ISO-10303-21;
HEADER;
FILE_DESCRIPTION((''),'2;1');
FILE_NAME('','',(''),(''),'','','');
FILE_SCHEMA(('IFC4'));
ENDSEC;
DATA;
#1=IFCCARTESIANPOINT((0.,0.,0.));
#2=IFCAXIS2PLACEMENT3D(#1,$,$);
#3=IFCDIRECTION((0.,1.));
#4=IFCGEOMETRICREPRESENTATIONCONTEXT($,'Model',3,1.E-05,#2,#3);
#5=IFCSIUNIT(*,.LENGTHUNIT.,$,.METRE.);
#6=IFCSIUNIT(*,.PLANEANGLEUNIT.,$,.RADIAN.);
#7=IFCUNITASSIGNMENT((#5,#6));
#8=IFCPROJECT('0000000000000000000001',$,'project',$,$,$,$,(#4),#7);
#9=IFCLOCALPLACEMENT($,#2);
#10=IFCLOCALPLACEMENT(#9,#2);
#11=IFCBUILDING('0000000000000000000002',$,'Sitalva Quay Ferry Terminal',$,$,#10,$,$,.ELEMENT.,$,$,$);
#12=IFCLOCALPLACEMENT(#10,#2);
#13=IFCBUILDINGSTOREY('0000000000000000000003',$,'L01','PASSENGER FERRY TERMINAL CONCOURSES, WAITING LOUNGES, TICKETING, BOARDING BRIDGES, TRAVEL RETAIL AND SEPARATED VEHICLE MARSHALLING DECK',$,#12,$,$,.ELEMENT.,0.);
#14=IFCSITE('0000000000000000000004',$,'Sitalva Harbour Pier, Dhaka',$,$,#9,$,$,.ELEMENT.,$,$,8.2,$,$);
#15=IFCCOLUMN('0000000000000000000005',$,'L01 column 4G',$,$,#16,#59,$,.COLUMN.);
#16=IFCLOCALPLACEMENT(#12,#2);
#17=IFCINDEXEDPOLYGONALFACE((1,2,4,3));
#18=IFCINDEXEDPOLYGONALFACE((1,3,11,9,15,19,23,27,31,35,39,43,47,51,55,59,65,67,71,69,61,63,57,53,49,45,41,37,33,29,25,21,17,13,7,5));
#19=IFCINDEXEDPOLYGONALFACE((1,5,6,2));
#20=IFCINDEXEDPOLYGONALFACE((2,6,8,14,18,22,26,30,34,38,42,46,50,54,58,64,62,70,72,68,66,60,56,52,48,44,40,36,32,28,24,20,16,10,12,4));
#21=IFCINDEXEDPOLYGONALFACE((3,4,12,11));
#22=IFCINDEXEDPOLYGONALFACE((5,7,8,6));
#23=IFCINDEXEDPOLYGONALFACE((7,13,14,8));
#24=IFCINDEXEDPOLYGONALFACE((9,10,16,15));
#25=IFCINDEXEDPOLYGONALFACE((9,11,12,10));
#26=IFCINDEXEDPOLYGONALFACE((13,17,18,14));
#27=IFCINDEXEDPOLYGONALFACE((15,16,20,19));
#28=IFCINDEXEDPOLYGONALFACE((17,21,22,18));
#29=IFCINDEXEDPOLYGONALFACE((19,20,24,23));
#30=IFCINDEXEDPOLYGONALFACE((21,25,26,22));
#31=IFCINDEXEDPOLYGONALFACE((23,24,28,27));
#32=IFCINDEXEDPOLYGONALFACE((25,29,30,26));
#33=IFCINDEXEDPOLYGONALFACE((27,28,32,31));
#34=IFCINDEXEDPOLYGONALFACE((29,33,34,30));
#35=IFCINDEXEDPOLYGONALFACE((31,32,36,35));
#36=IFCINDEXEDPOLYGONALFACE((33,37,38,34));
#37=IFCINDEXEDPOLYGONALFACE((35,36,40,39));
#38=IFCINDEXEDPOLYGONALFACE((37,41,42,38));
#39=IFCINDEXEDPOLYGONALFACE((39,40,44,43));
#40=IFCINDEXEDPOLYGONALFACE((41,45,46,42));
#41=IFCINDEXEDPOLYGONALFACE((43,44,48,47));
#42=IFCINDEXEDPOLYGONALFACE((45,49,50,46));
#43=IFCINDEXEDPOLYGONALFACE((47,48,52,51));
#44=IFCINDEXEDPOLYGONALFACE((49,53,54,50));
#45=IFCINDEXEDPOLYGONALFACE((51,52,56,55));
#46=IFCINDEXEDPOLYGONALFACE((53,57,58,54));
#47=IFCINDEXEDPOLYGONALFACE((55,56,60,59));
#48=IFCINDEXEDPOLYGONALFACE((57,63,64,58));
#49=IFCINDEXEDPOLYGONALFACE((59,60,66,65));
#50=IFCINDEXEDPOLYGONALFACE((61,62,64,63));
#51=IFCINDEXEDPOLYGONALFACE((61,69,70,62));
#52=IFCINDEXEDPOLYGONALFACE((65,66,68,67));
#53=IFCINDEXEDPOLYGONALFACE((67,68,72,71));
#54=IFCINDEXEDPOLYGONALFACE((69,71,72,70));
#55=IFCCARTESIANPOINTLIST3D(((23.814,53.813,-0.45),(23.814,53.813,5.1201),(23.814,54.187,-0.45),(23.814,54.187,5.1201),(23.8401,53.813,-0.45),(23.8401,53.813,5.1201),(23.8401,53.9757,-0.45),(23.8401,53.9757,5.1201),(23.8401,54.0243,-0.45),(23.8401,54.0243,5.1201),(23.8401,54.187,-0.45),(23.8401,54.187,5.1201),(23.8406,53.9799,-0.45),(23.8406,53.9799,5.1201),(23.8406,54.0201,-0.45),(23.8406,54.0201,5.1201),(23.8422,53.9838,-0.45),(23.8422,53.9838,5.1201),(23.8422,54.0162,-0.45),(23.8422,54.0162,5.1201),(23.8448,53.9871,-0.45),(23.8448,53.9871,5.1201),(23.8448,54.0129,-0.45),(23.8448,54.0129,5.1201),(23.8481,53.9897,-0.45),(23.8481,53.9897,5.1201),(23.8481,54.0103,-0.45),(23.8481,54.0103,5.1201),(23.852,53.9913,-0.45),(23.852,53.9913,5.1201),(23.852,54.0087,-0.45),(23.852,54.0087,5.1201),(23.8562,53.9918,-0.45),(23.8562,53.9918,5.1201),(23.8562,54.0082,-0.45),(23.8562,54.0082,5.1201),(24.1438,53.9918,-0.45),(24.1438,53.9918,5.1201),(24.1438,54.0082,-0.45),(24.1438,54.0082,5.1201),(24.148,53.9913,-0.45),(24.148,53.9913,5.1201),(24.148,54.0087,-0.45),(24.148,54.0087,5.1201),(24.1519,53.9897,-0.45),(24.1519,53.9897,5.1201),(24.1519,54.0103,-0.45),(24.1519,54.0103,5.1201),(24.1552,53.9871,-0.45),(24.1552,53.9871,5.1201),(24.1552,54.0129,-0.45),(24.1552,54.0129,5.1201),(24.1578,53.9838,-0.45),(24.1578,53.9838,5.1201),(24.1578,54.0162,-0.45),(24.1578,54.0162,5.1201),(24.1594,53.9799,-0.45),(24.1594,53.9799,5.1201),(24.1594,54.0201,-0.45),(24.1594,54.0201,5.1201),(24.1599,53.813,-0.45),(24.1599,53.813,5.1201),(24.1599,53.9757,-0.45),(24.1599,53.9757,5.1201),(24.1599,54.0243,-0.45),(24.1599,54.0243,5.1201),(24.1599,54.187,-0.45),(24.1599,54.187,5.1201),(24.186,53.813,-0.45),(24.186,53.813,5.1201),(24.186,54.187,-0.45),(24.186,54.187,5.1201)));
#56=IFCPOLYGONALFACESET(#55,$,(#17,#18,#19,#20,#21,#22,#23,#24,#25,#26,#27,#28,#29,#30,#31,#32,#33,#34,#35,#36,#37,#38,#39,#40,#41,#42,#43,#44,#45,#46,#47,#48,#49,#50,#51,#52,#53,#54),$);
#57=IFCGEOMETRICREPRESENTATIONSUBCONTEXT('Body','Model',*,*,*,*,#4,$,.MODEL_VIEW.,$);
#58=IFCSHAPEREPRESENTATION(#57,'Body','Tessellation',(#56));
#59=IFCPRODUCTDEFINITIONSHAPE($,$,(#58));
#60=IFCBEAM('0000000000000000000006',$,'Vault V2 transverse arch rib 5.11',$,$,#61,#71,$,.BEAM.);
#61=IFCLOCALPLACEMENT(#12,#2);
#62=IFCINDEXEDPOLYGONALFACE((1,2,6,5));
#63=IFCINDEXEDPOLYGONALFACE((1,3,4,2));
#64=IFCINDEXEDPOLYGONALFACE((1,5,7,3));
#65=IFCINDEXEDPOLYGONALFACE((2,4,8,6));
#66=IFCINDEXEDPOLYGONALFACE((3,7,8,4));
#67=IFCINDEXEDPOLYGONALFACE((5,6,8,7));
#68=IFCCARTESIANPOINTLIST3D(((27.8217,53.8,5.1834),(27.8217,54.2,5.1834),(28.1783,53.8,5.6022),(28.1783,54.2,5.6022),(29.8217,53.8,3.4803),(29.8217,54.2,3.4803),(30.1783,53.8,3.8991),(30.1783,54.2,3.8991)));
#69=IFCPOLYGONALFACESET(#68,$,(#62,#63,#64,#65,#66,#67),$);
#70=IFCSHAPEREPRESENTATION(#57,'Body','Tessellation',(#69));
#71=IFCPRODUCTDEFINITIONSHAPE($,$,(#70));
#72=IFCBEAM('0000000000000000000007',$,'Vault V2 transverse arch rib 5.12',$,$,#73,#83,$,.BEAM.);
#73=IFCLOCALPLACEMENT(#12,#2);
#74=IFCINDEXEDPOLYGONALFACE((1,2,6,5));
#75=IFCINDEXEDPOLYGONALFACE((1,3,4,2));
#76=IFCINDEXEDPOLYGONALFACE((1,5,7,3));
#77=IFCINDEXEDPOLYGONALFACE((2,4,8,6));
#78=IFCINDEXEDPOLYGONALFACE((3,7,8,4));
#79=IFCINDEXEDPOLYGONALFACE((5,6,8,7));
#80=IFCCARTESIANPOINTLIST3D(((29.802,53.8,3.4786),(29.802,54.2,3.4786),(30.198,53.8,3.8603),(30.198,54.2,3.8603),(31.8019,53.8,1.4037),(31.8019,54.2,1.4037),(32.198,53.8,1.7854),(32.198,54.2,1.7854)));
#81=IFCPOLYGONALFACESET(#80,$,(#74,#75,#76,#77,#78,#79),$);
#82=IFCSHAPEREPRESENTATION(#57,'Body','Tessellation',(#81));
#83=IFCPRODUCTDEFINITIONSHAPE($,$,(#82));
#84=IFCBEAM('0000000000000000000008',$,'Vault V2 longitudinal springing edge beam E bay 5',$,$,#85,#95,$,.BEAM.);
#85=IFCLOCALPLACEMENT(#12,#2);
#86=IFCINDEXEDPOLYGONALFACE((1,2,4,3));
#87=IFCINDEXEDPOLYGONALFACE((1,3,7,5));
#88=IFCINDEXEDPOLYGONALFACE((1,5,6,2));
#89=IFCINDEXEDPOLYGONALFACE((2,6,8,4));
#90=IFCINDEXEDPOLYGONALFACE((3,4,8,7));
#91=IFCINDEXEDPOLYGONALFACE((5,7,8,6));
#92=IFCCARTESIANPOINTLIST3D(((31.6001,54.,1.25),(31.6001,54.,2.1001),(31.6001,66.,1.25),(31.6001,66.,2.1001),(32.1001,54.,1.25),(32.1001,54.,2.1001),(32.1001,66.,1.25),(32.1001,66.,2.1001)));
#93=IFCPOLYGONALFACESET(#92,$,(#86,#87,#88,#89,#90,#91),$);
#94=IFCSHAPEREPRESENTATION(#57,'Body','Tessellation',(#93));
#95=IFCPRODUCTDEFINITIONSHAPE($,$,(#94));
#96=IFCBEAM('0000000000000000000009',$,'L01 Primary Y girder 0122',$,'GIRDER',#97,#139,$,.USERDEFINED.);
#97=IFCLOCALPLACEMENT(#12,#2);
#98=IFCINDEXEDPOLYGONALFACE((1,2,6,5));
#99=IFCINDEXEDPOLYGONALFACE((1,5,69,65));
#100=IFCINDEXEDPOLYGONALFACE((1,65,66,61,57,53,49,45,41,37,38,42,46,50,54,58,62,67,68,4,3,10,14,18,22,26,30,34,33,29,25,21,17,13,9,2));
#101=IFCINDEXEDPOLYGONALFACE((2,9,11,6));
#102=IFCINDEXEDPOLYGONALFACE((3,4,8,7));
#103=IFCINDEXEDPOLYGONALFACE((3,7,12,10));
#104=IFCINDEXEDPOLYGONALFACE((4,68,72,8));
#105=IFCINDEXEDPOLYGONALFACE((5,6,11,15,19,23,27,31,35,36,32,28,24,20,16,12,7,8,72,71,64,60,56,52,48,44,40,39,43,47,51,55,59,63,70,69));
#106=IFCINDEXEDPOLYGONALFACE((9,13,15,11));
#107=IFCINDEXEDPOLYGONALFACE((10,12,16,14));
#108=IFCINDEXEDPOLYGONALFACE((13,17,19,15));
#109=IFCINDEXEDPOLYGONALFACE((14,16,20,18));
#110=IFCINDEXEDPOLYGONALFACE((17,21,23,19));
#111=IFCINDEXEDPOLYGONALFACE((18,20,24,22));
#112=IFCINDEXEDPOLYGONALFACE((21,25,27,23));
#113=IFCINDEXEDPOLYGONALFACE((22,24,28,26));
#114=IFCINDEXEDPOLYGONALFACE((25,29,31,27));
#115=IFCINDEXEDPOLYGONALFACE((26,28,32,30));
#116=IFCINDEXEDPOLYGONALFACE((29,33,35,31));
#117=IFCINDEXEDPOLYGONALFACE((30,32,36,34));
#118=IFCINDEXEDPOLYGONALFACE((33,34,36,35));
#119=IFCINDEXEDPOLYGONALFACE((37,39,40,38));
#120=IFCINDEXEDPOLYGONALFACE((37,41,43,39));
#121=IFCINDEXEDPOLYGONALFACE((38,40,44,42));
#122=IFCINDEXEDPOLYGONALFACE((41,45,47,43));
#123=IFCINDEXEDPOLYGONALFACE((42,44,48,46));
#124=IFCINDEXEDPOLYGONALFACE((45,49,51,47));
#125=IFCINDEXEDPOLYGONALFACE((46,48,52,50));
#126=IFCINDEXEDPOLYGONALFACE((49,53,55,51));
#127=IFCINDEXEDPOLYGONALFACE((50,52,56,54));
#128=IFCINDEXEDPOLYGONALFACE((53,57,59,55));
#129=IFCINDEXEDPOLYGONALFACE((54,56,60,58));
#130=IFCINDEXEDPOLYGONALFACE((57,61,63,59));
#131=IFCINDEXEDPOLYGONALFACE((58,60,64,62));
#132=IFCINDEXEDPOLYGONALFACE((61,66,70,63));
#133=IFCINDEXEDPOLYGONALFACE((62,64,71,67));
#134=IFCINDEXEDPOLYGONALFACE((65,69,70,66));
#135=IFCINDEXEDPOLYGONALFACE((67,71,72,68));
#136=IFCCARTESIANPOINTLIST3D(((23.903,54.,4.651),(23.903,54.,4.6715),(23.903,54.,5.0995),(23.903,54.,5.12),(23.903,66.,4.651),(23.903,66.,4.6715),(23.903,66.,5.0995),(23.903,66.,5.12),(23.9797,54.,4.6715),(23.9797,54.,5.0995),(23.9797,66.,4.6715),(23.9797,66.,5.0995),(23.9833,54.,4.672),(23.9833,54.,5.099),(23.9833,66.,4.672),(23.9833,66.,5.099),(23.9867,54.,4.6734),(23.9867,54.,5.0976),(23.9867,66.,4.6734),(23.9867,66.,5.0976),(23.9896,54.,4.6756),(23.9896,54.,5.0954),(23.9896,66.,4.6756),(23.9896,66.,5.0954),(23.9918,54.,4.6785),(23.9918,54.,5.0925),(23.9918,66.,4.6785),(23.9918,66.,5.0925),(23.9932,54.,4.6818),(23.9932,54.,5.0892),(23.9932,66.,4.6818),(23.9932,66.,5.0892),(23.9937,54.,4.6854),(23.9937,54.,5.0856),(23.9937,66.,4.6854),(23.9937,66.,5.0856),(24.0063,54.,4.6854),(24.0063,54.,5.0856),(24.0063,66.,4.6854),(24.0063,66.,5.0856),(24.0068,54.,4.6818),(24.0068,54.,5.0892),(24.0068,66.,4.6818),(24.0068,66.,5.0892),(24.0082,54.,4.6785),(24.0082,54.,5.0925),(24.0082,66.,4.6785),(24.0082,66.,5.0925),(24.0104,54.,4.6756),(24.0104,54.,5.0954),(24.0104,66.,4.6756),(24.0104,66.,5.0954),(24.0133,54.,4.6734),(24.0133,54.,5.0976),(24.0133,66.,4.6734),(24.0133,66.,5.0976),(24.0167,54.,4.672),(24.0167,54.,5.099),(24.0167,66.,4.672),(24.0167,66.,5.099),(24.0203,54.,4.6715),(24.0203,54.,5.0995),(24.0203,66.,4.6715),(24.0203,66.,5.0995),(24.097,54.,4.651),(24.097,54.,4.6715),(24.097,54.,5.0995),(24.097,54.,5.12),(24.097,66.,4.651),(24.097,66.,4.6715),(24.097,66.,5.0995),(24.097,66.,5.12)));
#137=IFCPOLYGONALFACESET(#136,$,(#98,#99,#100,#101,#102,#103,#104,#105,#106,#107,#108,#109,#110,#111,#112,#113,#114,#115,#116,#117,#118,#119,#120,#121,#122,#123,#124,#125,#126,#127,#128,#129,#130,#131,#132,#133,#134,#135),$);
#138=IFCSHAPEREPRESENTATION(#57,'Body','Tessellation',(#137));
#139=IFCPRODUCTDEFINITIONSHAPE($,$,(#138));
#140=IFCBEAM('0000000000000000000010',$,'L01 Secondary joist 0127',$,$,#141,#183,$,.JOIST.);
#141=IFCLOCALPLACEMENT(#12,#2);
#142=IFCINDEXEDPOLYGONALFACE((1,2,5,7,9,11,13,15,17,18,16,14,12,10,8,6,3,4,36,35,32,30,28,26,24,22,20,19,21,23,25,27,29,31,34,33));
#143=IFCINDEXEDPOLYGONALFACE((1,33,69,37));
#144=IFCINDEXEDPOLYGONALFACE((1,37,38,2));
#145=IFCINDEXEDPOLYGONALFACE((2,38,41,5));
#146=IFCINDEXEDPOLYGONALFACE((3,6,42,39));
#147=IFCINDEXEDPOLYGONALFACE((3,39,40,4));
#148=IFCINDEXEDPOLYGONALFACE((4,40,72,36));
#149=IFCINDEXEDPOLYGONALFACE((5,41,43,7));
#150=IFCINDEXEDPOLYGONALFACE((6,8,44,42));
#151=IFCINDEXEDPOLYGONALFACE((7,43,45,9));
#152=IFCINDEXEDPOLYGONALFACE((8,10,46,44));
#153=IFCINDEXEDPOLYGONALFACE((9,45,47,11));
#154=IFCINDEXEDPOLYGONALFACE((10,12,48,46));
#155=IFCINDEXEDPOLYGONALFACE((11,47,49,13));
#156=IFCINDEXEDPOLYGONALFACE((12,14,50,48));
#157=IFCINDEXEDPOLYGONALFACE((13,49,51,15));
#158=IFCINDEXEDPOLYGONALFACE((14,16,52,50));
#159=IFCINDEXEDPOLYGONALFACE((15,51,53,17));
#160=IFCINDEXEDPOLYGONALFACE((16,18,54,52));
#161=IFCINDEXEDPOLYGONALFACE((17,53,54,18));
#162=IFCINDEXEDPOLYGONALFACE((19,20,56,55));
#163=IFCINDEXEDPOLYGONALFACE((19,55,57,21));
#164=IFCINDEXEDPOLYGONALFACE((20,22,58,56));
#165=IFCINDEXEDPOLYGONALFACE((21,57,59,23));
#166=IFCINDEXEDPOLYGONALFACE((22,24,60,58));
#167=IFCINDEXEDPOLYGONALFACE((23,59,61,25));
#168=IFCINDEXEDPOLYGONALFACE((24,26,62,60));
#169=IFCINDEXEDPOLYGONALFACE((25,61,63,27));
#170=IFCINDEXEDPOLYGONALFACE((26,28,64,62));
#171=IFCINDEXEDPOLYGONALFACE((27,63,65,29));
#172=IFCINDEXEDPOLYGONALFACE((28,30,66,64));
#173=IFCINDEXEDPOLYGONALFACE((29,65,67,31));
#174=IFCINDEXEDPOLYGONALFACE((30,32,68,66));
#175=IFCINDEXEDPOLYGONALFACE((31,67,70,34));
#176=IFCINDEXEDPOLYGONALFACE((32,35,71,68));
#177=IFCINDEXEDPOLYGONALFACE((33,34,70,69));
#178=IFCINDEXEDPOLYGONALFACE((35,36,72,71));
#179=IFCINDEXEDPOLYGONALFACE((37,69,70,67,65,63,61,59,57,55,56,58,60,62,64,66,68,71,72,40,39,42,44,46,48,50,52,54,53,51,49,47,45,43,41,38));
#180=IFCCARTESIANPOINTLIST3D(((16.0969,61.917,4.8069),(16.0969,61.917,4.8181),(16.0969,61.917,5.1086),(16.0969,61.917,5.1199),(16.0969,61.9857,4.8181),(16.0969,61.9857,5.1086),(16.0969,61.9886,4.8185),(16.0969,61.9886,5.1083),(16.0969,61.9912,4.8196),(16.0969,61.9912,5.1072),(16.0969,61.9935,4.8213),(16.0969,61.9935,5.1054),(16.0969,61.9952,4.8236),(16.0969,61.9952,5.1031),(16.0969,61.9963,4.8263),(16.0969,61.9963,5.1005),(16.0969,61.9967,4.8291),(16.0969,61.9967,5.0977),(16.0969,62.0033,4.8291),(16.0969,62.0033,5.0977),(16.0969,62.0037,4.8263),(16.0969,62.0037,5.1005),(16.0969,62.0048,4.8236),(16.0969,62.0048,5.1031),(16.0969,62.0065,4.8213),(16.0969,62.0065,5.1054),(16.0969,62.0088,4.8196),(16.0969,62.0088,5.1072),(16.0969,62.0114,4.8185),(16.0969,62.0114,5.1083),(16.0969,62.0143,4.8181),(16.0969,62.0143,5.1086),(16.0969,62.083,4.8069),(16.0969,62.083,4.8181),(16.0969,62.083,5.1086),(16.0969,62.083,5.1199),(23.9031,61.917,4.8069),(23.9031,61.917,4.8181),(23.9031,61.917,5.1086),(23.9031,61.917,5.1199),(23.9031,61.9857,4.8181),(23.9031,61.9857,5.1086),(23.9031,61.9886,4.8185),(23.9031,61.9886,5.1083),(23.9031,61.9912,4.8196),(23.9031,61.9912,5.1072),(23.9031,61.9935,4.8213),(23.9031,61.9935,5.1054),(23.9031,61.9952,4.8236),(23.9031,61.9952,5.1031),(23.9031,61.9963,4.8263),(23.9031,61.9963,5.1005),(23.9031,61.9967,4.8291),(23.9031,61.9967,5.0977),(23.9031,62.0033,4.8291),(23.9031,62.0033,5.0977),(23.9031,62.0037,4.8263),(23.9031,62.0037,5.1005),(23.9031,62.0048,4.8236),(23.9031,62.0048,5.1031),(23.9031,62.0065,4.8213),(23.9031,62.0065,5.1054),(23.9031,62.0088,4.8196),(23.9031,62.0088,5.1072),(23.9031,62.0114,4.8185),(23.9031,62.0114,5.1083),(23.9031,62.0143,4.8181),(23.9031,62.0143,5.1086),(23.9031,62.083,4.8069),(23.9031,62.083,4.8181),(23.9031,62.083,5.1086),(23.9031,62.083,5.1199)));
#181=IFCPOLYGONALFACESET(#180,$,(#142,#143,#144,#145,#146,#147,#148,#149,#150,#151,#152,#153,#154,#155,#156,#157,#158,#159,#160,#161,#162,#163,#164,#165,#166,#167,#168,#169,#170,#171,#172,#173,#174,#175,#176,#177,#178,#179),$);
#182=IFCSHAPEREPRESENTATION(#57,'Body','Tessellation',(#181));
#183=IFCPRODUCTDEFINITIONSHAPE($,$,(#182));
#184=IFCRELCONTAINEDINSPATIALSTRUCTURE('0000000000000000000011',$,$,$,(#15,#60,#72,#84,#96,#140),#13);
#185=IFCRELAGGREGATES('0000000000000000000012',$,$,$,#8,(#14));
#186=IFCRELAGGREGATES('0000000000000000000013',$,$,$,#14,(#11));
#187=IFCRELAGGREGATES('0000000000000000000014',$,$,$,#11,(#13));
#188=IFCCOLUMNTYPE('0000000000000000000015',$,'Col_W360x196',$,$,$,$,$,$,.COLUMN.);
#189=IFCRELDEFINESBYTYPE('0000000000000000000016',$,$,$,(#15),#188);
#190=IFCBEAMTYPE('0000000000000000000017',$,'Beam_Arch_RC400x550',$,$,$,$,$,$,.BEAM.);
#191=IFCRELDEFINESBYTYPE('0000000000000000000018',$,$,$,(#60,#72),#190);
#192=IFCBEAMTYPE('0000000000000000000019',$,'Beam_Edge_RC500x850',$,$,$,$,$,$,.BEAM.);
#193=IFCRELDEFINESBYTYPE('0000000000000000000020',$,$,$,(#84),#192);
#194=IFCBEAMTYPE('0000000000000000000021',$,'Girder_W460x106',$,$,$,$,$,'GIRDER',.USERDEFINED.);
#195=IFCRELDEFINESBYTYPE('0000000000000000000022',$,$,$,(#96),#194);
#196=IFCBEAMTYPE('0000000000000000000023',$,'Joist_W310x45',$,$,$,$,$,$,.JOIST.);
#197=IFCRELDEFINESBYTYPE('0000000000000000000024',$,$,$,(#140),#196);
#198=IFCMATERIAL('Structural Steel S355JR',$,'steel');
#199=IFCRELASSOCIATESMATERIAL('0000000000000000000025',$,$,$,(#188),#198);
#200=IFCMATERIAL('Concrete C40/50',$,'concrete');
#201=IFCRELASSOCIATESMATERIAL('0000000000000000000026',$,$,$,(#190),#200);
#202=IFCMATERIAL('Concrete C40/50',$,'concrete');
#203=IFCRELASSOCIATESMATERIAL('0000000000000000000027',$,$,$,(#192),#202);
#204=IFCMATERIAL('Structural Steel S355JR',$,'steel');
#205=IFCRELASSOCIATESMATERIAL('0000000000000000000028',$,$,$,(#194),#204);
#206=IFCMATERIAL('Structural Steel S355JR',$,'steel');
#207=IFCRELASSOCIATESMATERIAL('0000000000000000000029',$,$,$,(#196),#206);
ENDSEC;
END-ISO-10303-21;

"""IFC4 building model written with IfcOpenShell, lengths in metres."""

from ifc_helpers import new_model, si_unit, direction, frame, origin, origin_2d, place, context, subcontext, project, spatial, rectangle, i_section, extrude, material, material_profile, profile_set, type_object, element, save


model = new_model("IFC4")

# Units and contexts
model_context = context("Model", 3, precision=1e-05, world=origin(), true_north=direction((0.0, 1.0)))
body_context = subcontext(model_context, "Body", "Model", "MODEL_VIEW")
ifc_project = project(units=[si_unit("LENGTHUNIT", "METRE"), si_unit("PLANEANGLEUNIT", "RADIAN")], contexts=[model_context])

# Site, building, storey
site_placement = place(None, origin())
site = spatial("IfcSite", under=ifc_project, at=site_placement, Name="Sitalva Harbour Pier, Dhaka", CompositionType="ELEMENT", RefElevation=8.2)
building_placement = place(site_placement, origin())
building = spatial("IfcBuilding", under=site, at=building_placement, Name="Sitalva Quay Ferry Terminal", CompositionType="ELEMENT")
storey_placement = place(building_placement, origin())
storey = spatial("IfcBuildingStorey", under=building, at=storey_placement, Name="L01", Description="PASSENGER FERRY TERMINAL CONCOURSES, WAITING LOUNGES, TICKETING, BOARDING BRIDGES, TRAVEL RETAIL AND SEPARATED VEHICLE MARSHALLING DECK", CompositionType="ELEMENT", Elevation=0.0)

# Column
ifc_material_1 = material(Name="Structural Steel S355JR", Category="steel")
ifc_material_profile_1 = material_profile(ifc_material_1, i_section(OverallWidth=0.374, OverallDepth=0.3721, WebThickness=0.0164, FlangeThickness=0.0261, FilletRadius=0.0161, at=origin_2d()), Name="W360x196")
ifc_profile_set_1 = profile_set([ifc_material_profile_1], Name="Structural Steel S355JR")
column_type = type_object("IfcColumnType", Name="Col_W360x196", PredefinedType="COLUMN", material=ifc_profile_set_1)
column_placement = place(storey_placement, frame((24.0, 54.0, -0.45), z_axis=(0.0, 0.0, 1.0), x_axis=(0.0, 1.0, 0.0)))
element("IfcColumn", 1, at=column_placement, inside=storey, type_object=column_type, Name="L01 column 4G", PredefinedType="COLUMN", context=body_context, shape_type="SweptSolid", body=[
    extrude(i_section(OverallWidth=0.374, OverallDepth=0.3721, WebThickness=0.0164, FlangeThickness=0.0261, FilletRadius=0.0161, at=origin_2d()), origin(), (0.0, 0.0, 1.0), 5.5701),
])

# Beams
ifc_material_2 = material(Name="Concrete C40/50", Category="concrete")
ifc_material_profile_2 = material_profile(ifc_material_2, rectangle(XDim=0.3999, YDim=0.55, at=origin_2d()), Name="RC400x550")
ifc_profile_set_2 = profile_set([ifc_material_profile_2], Name="Concrete C40/50")
beam_type_1 = type_object("IfcBeamType", Name="Beam_Arch_RC400x550", PredefinedType="BEAM", material=ifc_profile_set_2)
beam_1_placement = place(storey_placement, frame((28.0, 54.0, 5.3928), z_axis=(0.761352, 0.0, -0.648339), x_axis=(0.0, 1.0, 0.0)))
element("IfcBeam", 2, at=beam_1_placement, inside=storey, type_object=beam_type_1, Name="Vault V2 transverse arch rib 5.11", PredefinedType="BEAM", context=body_context, shape_type="SweptSolid", body=[
    extrude(rectangle(XDim=0.3999, YDim=0.55, at=origin_2d()), origin(), (0.0, 0.0, 1.0), 2.627),
])
beam_2_placement = place(storey_placement, frame((30.0, 54.0, 3.6694), z_axis=(0.693983, 0.0, -0.719991), x_axis=(0.0, 1.0, 0.0)))
element("IfcBeam", 3, at=beam_2_placement, inside=storey, type_object=beam_type_1, Name="Vault V2 transverse arch rib 5.12", PredefinedType="BEAM", context=body_context, shape_type="SweptSolid", body=[
    extrude(rectangle(XDim=0.3999, YDim=0.55, at=origin_2d()), origin(), (0.0, 0.0, 1.0), 2.8818),
])
ifc_material_3 = material(Name="Concrete C40/50", Category="concrete")
ifc_material_profile_3 = material_profile(ifc_material_3, rectangle(XDim=0.5, YDim=0.8501, at=origin_2d()), Name="RC500x850")
ifc_profile_set_3 = profile_set([ifc_material_profile_3], Name="Concrete C40/50")
beam_type_2 = type_object("IfcBeamType", Name="Beam_Edge_RC500x850", PredefinedType="BEAM", material=ifc_profile_set_3)
beam_3_placement = place(storey_placement, frame((31.8501, 54.0, 1.675), z_axis=(0.0, 1.0, 0.0), x_axis=(-1.0, 0.0, 0.0)))
element("IfcBeam", 4, at=beam_3_placement, inside=storey, type_object=beam_type_2, Name="Vault V2 longitudinal springing edge beam E bay 5", PredefinedType="BEAM", context=body_context, shape_type="SweptSolid", body=[
    extrude(rectangle(XDim=0.5, YDim=0.8501, at=origin_2d()), origin(), (0.0, 0.0, 1.0), 12.0),
])
ifc_material_4 = material(Name="Structural Steel S355JR", Category="steel")
ifc_material_profile_4 = material_profile(ifc_material_4, i_section(OverallWidth=0.1941, OverallDepth=0.469, WebThickness=0.0127, FlangeThickness=0.0205, FilletRadius=0.0139, at=origin_2d()), Name="W460x106")
ifc_profile_set_4 = profile_set([ifc_material_profile_4], Name="Structural Steel S355JR")
beam_type_3 = type_object("IfcBeamType", Name="Girder_W460x106", ElementType="GIRDER", PredefinedType="USERDEFINED", material=ifc_profile_set_4)
beam_4_placement = place(storey_placement, frame((24.0, 54.0, 4.8855), z_axis=(0.0, 1.0, 0.0), x_axis=(-1.0, 0.0, 0.0)))
element("IfcBeam", 5, at=beam_4_placement, inside=storey, type_object=beam_type_3, Name="L01 Primary Y girder 0122", ObjectType="GIRDER", PredefinedType="USERDEFINED", context=body_context, shape_type="SweptSolid", body=[
    extrude(i_section(OverallWidth=0.1941, OverallDepth=0.469, WebThickness=0.0127, FlangeThickness=0.0205, FilletRadius=0.0139, at=origin_2d()), origin(), (0.0, 0.0, 1.0), 12.0),
])
ifc_material_5 = material(Name="Structural Steel S355JR", Category="steel")
ifc_material_profile_5 = material_profile(ifc_material_5, i_section(OverallWidth=0.166, OverallDepth=0.313, WebThickness=0.0066, FlangeThickness=0.0112, FilletRadius=0.011, at=origin_2d()), Name="W310x45")
ifc_profile_set_5 = profile_set([ifc_material_profile_5], Name="Structural Steel S355JR")
beam_type_4 = type_object("IfcBeamType", Name="Joist_W310x45", PredefinedType="JOIST", material=ifc_profile_set_5)
beam_5_placement = place(storey_placement, frame((16.0969, 62.0, 4.9634), z_axis=(1.0, 0.0, 0.0), x_axis=(0.0, 1.0, 0.0)))
element("IfcBeam", 6, at=beam_5_placement, inside=storey, type_object=beam_type_4, Name="L01 Secondary joist 0127", PredefinedType="JOIST", context=body_context, shape_type="SweptSolid", body=[
    extrude(i_section(OverallWidth=0.166, OverallDepth=0.313, WebThickness=0.0066, FlangeThickness=0.0112, FilletRadius=0.011, at=origin_2d()), origin(), (0.0, 0.0, 1.0), 7.8062),
])

save(model, "model.ifc")
